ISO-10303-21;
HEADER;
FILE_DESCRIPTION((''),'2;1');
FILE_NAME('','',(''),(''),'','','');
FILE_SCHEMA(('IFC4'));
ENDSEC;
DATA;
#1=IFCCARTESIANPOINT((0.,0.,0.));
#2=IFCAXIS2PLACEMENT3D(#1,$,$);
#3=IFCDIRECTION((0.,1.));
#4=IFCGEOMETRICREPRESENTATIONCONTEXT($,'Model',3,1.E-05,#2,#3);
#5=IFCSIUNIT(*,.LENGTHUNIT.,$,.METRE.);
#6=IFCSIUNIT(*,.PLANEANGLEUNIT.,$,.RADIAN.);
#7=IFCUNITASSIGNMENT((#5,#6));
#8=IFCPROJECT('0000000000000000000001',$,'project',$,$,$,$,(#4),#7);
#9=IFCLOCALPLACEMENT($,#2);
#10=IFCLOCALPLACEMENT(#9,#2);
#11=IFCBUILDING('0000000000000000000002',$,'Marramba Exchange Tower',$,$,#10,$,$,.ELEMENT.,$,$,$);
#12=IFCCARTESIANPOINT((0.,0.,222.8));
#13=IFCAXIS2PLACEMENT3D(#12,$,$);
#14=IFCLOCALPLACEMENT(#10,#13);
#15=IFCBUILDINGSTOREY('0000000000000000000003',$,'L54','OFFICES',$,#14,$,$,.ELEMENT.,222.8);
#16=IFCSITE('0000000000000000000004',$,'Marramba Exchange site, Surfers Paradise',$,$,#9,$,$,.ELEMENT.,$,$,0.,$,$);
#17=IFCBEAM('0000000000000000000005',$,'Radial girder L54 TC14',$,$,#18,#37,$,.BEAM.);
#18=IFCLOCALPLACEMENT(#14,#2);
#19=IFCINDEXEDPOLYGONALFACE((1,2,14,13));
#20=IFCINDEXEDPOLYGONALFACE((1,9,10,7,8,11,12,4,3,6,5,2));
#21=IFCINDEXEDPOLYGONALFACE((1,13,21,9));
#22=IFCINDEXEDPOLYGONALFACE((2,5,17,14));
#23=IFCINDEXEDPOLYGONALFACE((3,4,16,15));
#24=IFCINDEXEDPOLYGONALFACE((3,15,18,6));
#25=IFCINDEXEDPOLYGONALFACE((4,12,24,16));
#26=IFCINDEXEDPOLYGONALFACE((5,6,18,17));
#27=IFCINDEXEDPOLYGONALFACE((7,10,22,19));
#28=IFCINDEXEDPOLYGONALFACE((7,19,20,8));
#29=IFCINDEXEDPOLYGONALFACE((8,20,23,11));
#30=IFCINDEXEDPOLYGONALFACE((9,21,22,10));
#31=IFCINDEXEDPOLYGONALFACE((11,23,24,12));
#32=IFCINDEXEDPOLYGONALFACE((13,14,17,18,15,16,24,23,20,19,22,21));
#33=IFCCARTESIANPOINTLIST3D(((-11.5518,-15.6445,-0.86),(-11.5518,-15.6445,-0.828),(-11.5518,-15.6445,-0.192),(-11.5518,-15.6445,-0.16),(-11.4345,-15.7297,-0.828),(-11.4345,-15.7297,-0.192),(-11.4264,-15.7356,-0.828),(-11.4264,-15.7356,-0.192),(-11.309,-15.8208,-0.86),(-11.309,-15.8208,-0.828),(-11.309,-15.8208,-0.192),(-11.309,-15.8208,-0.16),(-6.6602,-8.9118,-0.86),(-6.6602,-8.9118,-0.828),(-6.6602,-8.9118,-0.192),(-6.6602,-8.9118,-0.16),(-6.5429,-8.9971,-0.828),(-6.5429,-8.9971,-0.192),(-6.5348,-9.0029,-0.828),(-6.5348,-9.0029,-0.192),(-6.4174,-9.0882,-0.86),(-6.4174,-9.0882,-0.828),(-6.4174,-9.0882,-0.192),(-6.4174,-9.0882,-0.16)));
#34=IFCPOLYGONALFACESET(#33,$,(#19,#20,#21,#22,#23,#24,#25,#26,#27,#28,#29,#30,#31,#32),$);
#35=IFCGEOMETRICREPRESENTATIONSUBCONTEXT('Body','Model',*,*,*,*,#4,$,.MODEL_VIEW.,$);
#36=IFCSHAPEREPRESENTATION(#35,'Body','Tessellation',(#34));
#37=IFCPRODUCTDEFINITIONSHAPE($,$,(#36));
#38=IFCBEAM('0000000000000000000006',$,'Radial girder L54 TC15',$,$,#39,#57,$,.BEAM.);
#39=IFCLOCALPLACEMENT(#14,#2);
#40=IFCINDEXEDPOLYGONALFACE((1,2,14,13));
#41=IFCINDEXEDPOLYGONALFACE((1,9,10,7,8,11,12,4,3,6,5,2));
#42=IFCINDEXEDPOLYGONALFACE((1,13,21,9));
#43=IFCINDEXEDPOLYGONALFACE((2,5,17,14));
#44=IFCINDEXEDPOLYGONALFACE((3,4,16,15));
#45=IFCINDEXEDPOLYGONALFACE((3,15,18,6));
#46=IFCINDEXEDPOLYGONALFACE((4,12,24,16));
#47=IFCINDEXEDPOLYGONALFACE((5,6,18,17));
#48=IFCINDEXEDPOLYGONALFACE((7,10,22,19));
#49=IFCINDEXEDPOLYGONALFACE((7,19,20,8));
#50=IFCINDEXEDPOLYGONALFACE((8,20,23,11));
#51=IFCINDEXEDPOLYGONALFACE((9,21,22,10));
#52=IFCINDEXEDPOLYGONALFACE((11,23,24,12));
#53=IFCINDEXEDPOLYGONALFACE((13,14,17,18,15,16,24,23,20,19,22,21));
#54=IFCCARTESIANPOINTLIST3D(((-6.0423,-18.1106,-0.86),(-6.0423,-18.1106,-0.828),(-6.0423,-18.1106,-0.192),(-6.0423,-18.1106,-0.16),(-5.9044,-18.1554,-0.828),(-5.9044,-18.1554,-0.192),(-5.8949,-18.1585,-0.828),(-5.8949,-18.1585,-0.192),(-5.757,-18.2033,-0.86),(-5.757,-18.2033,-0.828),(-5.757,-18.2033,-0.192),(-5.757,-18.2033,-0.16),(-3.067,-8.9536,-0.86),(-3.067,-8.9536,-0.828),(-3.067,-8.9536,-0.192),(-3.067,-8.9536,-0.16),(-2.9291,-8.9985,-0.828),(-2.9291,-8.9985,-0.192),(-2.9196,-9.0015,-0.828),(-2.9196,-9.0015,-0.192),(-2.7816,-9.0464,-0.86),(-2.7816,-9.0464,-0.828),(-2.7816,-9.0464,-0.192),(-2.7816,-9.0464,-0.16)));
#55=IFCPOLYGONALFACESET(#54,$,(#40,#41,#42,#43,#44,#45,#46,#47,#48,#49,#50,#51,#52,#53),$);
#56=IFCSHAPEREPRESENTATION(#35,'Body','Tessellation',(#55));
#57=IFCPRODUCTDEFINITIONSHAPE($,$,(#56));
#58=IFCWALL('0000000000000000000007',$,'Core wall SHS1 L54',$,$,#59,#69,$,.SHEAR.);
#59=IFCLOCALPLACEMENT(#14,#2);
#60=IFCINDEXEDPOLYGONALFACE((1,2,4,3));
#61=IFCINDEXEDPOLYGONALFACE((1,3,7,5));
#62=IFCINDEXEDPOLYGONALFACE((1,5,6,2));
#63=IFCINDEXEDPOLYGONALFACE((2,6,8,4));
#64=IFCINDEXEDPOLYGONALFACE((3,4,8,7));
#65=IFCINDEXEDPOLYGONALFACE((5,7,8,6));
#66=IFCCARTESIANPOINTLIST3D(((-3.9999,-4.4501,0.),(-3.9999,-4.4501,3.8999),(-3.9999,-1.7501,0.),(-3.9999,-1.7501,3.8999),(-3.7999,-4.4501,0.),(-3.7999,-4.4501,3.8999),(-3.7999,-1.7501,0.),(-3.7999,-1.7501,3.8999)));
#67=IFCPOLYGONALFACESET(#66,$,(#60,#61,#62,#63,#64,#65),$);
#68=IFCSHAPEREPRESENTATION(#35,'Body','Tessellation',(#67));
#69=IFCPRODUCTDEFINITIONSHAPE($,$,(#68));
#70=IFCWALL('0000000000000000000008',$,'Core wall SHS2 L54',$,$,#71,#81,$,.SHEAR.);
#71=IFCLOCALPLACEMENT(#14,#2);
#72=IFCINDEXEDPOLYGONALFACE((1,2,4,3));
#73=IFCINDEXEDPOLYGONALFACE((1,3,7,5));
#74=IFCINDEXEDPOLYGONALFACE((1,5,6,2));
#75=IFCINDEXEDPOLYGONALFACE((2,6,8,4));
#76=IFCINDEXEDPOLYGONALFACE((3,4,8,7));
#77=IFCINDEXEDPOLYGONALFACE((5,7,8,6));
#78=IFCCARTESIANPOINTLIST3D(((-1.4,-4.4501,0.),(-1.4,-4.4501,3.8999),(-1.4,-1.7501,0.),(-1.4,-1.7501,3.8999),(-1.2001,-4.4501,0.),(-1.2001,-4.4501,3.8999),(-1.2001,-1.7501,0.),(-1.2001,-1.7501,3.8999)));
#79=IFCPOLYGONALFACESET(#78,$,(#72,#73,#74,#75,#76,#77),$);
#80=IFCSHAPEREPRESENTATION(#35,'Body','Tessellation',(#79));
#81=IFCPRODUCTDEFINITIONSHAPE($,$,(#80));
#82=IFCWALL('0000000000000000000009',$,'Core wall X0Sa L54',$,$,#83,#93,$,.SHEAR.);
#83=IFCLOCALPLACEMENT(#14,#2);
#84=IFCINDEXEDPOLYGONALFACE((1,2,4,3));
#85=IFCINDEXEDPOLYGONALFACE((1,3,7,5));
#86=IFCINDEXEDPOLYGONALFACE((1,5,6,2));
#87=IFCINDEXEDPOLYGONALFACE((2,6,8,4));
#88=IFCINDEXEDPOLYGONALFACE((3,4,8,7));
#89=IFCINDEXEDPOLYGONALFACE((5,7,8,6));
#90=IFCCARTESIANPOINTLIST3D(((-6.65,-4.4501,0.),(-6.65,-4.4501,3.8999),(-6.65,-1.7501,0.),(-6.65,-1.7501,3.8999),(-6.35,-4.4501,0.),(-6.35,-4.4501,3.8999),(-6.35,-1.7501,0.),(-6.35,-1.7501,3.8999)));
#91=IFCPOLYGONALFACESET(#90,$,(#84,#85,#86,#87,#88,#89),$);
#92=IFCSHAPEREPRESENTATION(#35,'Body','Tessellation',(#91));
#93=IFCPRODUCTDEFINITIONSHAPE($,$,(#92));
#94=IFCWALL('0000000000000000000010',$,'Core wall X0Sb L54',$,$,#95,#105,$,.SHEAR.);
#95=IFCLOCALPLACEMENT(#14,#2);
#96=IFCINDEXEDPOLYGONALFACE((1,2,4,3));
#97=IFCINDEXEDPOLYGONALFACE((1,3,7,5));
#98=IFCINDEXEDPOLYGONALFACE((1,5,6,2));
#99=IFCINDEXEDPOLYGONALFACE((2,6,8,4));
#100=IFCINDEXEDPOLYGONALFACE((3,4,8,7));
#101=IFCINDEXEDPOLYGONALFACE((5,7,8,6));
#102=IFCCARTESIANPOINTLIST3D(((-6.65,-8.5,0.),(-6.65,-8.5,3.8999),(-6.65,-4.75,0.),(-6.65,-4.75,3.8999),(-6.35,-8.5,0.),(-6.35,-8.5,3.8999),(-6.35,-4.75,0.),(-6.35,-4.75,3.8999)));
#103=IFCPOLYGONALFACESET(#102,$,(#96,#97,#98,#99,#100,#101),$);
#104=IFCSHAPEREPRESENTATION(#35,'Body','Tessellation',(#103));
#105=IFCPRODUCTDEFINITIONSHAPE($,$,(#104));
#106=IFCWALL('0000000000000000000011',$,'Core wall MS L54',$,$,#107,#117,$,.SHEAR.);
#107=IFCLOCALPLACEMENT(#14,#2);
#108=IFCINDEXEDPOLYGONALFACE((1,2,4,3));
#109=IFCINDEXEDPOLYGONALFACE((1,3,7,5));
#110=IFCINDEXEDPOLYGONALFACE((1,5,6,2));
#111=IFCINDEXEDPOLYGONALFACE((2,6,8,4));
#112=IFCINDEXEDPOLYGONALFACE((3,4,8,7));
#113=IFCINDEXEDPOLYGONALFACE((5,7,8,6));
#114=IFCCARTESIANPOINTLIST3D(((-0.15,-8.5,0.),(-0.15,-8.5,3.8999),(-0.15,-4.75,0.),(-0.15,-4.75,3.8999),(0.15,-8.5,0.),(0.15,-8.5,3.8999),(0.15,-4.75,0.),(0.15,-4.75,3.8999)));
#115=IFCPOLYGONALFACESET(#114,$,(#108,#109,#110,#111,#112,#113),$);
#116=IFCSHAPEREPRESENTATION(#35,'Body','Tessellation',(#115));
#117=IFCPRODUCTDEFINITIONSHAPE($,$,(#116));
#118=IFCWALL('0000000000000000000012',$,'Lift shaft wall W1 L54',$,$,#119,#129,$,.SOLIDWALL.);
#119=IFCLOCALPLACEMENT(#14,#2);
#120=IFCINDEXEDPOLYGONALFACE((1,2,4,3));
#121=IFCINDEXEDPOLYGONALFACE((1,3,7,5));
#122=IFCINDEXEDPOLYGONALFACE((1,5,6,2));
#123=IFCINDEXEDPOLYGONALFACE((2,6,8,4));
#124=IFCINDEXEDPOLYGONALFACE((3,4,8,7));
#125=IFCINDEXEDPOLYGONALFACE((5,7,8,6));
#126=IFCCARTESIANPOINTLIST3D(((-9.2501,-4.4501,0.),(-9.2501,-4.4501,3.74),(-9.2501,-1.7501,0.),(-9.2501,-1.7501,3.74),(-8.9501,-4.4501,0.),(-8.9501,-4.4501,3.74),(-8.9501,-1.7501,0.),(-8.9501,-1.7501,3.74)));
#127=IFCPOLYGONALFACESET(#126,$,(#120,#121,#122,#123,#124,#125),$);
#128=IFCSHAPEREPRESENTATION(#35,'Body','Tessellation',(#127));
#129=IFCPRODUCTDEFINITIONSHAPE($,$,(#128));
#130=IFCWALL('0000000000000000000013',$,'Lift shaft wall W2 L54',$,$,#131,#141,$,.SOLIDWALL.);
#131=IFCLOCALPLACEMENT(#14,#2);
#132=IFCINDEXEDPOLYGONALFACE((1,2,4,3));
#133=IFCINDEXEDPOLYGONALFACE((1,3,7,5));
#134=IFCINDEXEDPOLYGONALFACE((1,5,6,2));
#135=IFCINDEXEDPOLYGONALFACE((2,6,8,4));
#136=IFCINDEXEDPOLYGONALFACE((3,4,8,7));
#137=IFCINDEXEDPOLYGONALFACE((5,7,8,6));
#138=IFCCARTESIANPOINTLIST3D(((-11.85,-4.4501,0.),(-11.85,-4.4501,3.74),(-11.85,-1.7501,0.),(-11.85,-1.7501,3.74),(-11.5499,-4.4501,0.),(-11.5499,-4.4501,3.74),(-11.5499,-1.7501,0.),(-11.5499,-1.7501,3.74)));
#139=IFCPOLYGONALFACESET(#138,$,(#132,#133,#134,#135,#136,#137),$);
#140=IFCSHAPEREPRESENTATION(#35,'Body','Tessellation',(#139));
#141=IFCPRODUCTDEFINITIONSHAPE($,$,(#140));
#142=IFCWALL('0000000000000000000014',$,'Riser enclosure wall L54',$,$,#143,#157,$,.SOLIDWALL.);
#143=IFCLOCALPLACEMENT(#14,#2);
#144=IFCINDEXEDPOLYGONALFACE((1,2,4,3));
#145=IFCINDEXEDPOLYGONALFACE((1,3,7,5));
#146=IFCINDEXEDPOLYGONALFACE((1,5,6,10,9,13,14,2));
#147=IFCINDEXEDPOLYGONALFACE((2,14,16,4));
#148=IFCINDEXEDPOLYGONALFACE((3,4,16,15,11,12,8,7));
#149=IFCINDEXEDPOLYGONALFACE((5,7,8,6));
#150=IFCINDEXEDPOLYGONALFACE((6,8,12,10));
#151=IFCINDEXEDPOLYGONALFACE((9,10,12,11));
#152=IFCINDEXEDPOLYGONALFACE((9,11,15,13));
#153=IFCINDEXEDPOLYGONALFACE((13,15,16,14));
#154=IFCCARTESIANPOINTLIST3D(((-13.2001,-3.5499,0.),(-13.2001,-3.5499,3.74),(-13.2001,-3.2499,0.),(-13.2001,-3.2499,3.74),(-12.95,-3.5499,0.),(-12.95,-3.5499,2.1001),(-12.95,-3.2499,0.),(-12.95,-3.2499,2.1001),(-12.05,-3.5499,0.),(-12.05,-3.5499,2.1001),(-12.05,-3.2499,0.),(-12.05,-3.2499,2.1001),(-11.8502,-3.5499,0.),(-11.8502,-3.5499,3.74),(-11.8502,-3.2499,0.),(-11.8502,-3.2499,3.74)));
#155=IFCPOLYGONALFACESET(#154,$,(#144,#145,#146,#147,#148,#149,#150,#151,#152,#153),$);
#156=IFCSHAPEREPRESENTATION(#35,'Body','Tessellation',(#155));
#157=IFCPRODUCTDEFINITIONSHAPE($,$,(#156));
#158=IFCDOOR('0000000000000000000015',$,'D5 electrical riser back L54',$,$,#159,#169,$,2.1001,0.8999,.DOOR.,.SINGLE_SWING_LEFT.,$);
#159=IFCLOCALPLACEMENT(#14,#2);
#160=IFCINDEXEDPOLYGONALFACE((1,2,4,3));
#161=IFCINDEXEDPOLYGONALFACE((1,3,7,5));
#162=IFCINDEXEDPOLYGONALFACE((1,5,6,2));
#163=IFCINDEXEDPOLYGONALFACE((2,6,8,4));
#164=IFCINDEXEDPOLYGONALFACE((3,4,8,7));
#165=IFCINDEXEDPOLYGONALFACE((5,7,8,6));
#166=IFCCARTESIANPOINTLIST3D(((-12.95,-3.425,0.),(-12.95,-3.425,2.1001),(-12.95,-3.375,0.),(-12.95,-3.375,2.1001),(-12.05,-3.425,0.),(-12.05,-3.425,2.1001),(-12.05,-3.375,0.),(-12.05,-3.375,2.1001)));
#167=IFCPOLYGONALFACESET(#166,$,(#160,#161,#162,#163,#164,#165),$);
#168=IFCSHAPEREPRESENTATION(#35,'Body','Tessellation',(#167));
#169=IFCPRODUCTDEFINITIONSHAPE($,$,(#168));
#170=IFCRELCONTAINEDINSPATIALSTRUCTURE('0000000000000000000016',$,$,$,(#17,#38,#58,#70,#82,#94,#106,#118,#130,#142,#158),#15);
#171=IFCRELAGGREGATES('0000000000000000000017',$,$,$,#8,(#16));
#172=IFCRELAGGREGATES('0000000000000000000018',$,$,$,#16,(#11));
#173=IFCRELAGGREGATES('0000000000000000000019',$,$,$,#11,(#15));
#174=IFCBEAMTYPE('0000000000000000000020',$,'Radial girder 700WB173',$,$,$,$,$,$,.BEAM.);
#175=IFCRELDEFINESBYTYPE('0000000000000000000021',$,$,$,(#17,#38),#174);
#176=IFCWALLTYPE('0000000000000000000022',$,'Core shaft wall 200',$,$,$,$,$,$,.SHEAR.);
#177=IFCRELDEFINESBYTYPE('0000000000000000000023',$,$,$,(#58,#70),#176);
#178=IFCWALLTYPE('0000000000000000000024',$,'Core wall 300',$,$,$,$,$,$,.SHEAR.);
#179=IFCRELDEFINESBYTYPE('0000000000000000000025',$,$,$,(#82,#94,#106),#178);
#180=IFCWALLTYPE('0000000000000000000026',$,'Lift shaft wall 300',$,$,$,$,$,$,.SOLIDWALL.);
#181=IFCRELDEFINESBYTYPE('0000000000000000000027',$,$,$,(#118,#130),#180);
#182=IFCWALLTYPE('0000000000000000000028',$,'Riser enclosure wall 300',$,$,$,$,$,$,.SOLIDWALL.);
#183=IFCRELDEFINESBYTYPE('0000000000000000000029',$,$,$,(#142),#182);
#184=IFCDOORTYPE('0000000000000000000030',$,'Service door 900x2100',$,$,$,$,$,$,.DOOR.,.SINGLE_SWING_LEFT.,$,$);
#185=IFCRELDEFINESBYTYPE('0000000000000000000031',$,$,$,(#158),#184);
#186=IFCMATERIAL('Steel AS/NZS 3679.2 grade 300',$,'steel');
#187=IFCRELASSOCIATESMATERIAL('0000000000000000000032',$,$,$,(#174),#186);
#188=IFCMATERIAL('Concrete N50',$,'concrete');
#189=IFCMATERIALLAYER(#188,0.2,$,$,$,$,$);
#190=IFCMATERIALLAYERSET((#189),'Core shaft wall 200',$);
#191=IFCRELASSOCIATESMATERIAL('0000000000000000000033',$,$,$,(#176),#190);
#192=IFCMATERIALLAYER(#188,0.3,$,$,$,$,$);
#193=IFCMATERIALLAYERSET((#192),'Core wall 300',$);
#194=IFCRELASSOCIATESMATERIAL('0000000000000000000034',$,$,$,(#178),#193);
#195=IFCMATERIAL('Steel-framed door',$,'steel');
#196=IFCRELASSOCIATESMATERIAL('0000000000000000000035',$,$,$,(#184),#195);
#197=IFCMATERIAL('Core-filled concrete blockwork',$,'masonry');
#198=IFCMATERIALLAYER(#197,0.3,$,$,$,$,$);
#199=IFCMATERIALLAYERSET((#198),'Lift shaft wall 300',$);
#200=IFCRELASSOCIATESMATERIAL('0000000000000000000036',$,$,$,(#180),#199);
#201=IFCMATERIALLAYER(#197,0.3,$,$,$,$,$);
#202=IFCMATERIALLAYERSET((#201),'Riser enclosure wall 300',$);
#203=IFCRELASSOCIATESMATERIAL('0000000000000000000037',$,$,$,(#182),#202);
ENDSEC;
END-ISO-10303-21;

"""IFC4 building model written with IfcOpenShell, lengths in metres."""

from ifc_helpers import new_model, si_unit, direction, frame, frame_2d, origin, origin_2d, place, context, subcontext, project, spatial, rectangle, i_section, extrude, material, layer, layer_set, material_profile, profile_set, type_object, element, fill, save


model = new_model("IFC4")

# Units and contexts
model_context = context("Model", 3, precision=1e-05, world=origin(), true_north=direction((0.0, 1.0)))
body_context = subcontext(model_context, "Body", "Model", "MODEL_VIEW")
ifc_project = project(units=[si_unit("LENGTHUNIT", "METRE"), si_unit("PLANEANGLEUNIT", "RADIAN")], contexts=[model_context])

# Site, building, storey
site_placement = place(None, origin())
site = spatial("IfcSite", under=ifc_project, at=site_placement, Name="Marramba Exchange site, Surfers Paradise", CompositionType="ELEMENT", RefElevation=0.0)
building_placement = place(site_placement, origin())
building = spatial("IfcBuilding", under=site, at=building_placement, Name="Marramba Exchange Tower", CompositionType="ELEMENT")
storey_placement = place(building_placement, frame((0.0, 0.0, 222.8)))
storey = spatial("IfcBuildingStorey", under=building, at=storey_placement, Name="L54", Description="OFFICES", CompositionType="ELEMENT", Elevation=222.8)

# Beams
ifc_material_1 = material(Name="Steel AS/NZS 3679.2 grade 300", Category="steel")
ifc_material_profile = material_profile(ifc_material_1, i_section(OverallWidth=0.3, OverallDepth=0.7, WebThickness=0.01, FlangeThickness=0.032, at=origin_2d()), Name="700WB173")
ifc_profile_set = profile_set([ifc_material_profile], Name="Steel AS/NZS 3679.2 grade 300")
beam_type = type_object("IfcBeamType", Name="Radial girder 700WB173", PredefinedType="BEAM", material=ifc_profile_set)
beam_1_placement = place(storey_placement, frame((-6.5388, -9.0, -0.51), z_axis=(-0.587788, -0.809015, 0.0), x_axis=(0.809015, -0.587788, 0.0)))
element("IfcBeam", 1, at=beam_1_placement, inside=storey, type_object=beam_type, Name="Radial girder L54 TC14", PredefinedType="BEAM", context=body_context, shape_type="SweptSolid", body=[
    extrude(i_section(OverallWidth=0.3, OverallDepth=0.7, WebThickness=0.01, FlangeThickness=0.032, at=origin_2d()), origin(), (0.0, 0.0, 1.0), 8.322),
])
beam_2_placement = place(storey_placement, frame((-2.9243, -9.0, -0.51), z_axis=(-0.309022, -0.951055, 0.0), x_axis=(0.951055, -0.309022, 0.0)))
element("IfcBeam", 2, at=beam_2_placement, inside=storey, type_object=beam_type, Name="Radial girder L54 TC15", PredefinedType="BEAM", context=body_context, shape_type="SweptSolid", body=[
    extrude(i_section(OverallWidth=0.3, OverallDepth=0.7, WebThickness=0.01, FlangeThickness=0.032, at=origin_2d()), origin(), (0.0, 0.0, 1.0), 9.6282),
])

# Walls
ifc_material_2 = material(Name="Concrete N50", Category="concrete")
ifc_layer_1 = layer(ifc_material_2, 0.2)
ifc_layer_set_1 = layer_set([ifc_layer_1], Name="Core shaft wall 200")
wall_type_1 = type_object("IfcWallType", Name="Core shaft wall 200", PredefinedType="SHEAR", material=ifc_layer_set_1)
for number, where, z_axis, x_axis, name in (
    (3, (-3.8999, -1.75, 0.0), (0.0, 0.0, 1.0), (0.0, -1.0, 0.0), "Core wall SHS1 L54"),
    (4, (-1.3, -1.75, 0.0), (0.0, 0.0, 1.0), (0.0, -1.0, 0.0), "Core wall SHS2 L54"),
):
    element("IfcWall", number, at=place(storey_placement, frame(where, z_axis=z_axis, x_axis=x_axis)), inside=storey, type_object=wall_type_1, Name=name, PredefinedType="SHEAR", context=body_context, shape_type="SweptSolid", body=[
        extrude(rectangle(XDim=2.7, YDim=0.2, at=frame_2d((1.3501, 0.0))), origin(), (0.0, 0.0, 1.0), 3.8999),
    ])

# Shared definitions
ifc_layer_2 = layer(ifc_material_2, 0.3)
ifc_layer_set_2 = layer_set([ifc_layer_2], Name="Core wall 300")
wall_type_2 = type_object("IfcWallType", Name="Core wall 300", PredefinedType="SHEAR", material=ifc_layer_set_2)
ifc_material_3 = material(Name="Steel-framed door", Category="steel")
door_type_1 = type_object("IfcDoorType", Name="Service door 900x2100", OperationType="SINGLE_SWING_LEFT", PredefinedType="DOOR", material=ifc_material_3)

# Walls
wall_1_placement = place(storey_placement, frame((-6.5, -1.75, 0.0), z_axis=(0.0, 0.0, 1.0), x_axis=(0.0, -1.0, 0.0)))
element("IfcWall", 5, at=wall_1_placement, inside=storey, type_object=wall_type_2, Name="Core wall X0Sa L54", PredefinedType="SHEAR", context=body_context, shape_type="SweptSolid", body=[
    extrude(rectangle(XDim=2.7, YDim=0.3, at=frame_2d((1.3501, 0.0))), origin(), (0.0, 0.0, 1.0), 3.8999),
])
for number, where, z_axis, x_axis, name in (
    (6, (-6.5, -4.75, 0.0), (0.0, 0.0, 1.0), (0.0, -1.0, 0.0), "Core wall X0Sb L54"),
    (7, (0.0, -4.75, 0.0), (0.0, 0.0, 1.0), (0.0, -1.0, 0.0), "Core wall MS L54"),
):
    element("IfcWall", number, at=place(storey_placement, frame(where, z_axis=z_axis, x_axis=x_axis)), inside=storey, type_object=wall_type_2, Name=name, PredefinedType="SHEAR", context=body_context, shape_type="SweptSolid", body=[
        extrude(rectangle(XDim=3.75, YDim=0.3, at=frame_2d((1.875, 0.0))), origin(), (0.0, 0.0, 1.0), 3.8999),
    ])
ifc_material_4 = material(Name="Core-filled concrete blockwork", Category="masonry")
ifc_layer_3 = layer(ifc_material_4, 0.3)
ifc_layer_set_3 = layer_set([ifc_layer_3], Name="Lift shaft wall 300")
wall_type_3 = type_object("IfcWallType", Name="Lift shaft wall 300", PredefinedType="SOLIDWALL", material=ifc_layer_set_3)
for number, where, z_axis, x_axis, name in (
    (8, (-9.1001, -1.75, 0.0), (0.0, 0.0, 1.0), (0.0, -1.0, 0.0), "Lift shaft wall W1 L54"),
    (9, (-11.7, -1.75, 0.0), (0.0, 0.0, 1.0), (0.0, -1.0, 0.0), "Lift shaft wall W2 L54"),
):
    element("IfcWall", number, at=place(storey_placement, frame(where, z_axis=z_axis, x_axis=x_axis)), inside=storey, type_object=wall_type_3, Name=name, PredefinedType="SOLIDWALL", context=body_context, shape_type="SweptSolid", body=[
        extrude(rectangle(XDim=2.7, YDim=0.3, at=frame_2d((1.3501, 0.0))), origin(), (0.0, 0.0, 1.0), 3.74),
    ])

# Wall, opening, door
ifc_layer_4 = layer(ifc_material_4, 0.3)
ifc_layer_set_4 = layer_set([ifc_layer_4], Name="Riser enclosure wall 300")
wall_type_4 = type_object("IfcWallType", Name="Riser enclosure wall 300", PredefinedType="SOLIDWALL", material=ifc_layer_set_4)
wall_2_placement = place(storey_placement, frame((-13.2, -3.3999, 0.0), z_axis=(0.0, 0.0, 1.0), x_axis=(1.0, 0.0, 0.0)))
wall_2 = element("IfcWall", 10, at=wall_2_placement, inside=storey, type_object=wall_type_4, Name="Riser enclosure wall L54", PredefinedType="SOLIDWALL", context=body_context, shape_type="SweptSolid", body=[
    extrude(rectangle(XDim=1.3499, YDim=0.3, at=frame_2d((0.6748, 0.0))), origin(), (0.0, 0.0, 1.0), 3.74),
])
opening_1_placement = place(wall_2_placement, frame((0.25, 0.0, 0.0)))
opening_1 = element("IfcOpeningElement", 11, at=opening_1_placement, cuts=wall_2, PredefinedType="OPENING", context=body_context, shape_type="SweptSolid", body=[
    extrude(rectangle(XDim=0.8999, YDim=2.1001, at=frame_2d((0.45, 1.05))), frame((0.0, 0.1599, 0.0), z_axis=(0.0, -1.0, 0.0), x_axis=(1.0, 0.0, 0.0)), (0.0, 0.0, 1.0), 0.3201),
])
door_1_placement = place(opening_1_placement, frame((0.8999, 0.0, 0.0), z_axis=(0.0, 0.0, 1.0), x_axis=(-1.0, 0.0, 0.0)))
door_1 = element("IfcDoor", 12, at=door_1_placement, inside=storey, type_object=door_type_1, Name="D5 electrical riser back L54", OperationType="SINGLE_SWING_LEFT", OverallHeight=2.1001, OverallWidth=0.8999, PredefinedType="DOOR", context=body_context, shape_type="SweptSolid", body=[
    extrude(rectangle(XDim=0.8999, YDim=2.1001, at=frame_2d((0.45, 1.05))), frame((0.0, 0.0251, 0.0), z_axis=(0.0, -1.0, 0.0), x_axis=(1.0, 0.0, 0.0)), (0.0, 0.0, 1.0), 0.05),
])
fill(opening_1, door_1)

save(model, "model.ifc")
